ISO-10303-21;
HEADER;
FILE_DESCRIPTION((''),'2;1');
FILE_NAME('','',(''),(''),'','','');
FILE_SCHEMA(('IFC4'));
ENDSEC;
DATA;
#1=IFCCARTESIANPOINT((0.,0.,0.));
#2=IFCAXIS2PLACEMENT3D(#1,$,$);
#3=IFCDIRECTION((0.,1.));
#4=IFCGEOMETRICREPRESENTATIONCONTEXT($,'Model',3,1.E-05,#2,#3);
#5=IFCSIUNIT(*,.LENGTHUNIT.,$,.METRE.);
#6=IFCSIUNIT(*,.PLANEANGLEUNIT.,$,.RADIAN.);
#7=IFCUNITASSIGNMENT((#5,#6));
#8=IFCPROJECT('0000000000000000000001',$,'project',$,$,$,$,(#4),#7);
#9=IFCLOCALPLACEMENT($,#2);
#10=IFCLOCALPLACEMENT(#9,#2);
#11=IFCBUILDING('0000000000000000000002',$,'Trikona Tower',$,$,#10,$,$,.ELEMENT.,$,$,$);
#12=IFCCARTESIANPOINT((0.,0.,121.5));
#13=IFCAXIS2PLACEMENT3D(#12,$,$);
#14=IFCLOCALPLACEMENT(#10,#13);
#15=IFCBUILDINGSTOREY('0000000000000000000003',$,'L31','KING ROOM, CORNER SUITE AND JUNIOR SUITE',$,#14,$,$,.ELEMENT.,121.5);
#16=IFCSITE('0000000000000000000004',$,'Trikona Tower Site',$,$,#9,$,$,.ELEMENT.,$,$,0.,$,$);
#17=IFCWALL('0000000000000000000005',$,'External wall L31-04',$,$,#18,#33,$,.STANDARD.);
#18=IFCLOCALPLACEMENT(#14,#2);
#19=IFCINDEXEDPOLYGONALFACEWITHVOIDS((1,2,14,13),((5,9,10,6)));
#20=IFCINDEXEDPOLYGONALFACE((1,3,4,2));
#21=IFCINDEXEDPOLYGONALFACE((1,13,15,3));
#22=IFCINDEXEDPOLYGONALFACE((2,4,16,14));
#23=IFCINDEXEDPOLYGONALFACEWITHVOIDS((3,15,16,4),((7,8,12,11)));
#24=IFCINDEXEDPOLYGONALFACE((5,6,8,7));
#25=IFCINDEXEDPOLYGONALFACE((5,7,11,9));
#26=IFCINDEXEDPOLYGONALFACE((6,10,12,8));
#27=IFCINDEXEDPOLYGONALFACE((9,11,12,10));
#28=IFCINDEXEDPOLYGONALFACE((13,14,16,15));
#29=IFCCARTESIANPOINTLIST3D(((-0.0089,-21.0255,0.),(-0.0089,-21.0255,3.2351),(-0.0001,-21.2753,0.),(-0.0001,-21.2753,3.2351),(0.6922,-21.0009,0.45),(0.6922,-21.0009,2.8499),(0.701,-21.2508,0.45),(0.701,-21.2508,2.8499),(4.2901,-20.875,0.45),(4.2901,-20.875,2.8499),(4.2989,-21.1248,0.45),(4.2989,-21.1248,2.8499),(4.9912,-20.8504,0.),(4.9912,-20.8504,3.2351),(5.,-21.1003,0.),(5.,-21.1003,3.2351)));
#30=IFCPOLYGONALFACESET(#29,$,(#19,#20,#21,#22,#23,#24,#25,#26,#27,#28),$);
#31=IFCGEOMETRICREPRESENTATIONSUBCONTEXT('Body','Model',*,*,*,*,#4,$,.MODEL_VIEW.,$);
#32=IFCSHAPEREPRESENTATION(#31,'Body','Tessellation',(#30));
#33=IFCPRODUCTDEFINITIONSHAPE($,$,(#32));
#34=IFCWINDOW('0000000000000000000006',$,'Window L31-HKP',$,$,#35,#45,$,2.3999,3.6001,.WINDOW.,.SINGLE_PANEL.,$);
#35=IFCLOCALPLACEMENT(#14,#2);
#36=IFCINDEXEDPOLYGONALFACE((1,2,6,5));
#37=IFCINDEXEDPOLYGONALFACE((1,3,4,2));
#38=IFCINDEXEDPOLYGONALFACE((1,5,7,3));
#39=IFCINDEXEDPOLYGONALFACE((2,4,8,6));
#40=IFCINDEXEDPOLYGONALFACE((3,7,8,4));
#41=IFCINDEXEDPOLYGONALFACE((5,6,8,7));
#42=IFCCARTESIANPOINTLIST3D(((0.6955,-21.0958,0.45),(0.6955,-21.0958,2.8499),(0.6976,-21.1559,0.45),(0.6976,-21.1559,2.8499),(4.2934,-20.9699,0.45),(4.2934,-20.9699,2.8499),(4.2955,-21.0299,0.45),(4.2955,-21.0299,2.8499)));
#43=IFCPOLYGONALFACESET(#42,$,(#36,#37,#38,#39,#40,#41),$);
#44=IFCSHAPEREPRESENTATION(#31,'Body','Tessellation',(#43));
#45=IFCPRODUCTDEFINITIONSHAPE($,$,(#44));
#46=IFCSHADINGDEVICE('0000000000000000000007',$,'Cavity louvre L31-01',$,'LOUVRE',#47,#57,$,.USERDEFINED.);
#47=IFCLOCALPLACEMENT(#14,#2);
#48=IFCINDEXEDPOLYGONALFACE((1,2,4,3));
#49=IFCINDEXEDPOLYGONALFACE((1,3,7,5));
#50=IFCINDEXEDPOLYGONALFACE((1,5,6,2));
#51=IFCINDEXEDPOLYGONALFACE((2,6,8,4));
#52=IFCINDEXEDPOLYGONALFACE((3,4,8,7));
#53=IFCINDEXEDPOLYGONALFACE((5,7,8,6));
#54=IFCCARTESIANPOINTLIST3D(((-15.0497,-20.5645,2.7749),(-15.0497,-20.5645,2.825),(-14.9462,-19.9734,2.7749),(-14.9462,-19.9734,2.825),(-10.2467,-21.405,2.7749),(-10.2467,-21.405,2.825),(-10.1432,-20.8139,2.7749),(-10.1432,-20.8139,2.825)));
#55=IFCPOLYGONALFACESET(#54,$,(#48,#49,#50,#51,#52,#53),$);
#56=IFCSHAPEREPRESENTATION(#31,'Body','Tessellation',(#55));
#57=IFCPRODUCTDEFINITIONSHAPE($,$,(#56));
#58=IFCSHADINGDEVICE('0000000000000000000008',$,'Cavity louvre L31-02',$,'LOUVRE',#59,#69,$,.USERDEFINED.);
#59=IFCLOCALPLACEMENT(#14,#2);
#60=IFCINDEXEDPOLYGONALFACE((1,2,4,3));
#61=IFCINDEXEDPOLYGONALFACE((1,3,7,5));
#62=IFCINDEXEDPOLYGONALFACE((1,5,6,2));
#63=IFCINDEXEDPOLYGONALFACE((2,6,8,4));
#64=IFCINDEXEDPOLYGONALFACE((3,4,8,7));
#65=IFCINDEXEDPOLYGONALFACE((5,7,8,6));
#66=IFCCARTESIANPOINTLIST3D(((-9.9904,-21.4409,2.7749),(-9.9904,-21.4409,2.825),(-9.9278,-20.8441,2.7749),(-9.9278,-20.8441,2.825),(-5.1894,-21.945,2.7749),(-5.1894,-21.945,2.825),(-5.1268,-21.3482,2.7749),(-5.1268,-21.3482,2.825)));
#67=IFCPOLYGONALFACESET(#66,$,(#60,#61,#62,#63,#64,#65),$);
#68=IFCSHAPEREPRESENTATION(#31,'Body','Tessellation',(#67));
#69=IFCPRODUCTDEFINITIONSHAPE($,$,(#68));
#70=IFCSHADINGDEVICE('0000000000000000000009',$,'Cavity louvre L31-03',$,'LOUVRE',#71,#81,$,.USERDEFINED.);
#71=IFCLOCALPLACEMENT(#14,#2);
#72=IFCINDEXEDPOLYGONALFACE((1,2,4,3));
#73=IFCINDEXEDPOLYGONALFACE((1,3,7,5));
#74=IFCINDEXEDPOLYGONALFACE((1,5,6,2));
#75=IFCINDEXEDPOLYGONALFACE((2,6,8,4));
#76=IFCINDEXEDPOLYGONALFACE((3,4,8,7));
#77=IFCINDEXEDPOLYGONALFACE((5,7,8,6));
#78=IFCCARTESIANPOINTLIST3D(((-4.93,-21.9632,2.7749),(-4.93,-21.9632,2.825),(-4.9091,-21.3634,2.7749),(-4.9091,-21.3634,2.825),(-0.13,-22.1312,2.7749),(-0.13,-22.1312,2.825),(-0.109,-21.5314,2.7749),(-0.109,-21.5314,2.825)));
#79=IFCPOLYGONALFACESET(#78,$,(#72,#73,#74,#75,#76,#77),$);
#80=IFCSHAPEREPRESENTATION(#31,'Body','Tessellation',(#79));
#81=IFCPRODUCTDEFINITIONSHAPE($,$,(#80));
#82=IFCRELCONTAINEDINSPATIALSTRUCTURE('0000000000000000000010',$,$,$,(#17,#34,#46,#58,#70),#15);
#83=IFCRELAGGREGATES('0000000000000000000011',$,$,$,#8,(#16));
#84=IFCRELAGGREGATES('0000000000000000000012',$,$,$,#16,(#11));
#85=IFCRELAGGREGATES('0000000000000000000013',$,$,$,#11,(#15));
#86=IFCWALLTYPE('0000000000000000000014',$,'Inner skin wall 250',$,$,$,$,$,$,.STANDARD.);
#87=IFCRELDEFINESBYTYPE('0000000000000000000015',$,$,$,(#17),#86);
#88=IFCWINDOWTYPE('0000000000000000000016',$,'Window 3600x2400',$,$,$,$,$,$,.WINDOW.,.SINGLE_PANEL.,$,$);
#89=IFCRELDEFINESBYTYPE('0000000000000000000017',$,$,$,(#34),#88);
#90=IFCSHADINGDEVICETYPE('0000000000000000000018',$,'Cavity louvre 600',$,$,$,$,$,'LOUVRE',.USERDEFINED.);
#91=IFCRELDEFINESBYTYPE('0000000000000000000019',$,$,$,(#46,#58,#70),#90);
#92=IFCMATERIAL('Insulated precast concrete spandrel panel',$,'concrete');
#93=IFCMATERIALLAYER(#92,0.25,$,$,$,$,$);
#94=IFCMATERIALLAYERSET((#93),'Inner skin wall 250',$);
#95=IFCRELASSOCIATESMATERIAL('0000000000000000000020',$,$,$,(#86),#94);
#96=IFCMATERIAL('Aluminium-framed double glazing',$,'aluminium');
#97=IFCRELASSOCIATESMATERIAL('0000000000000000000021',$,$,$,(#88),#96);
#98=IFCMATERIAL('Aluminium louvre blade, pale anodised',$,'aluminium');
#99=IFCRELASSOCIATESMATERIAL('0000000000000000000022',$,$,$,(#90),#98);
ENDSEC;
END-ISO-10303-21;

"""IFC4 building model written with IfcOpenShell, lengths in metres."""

from ifc_helpers import new_model, si_unit, direction, frame, frame_2d, origin, origin_2d, place, context, subcontext, project, spatial, rectangle, extrude, material, layer, layer_set, type_object, element, fill, save


model = new_model("IFC4")

# Units and contexts
model_context = context("Model", 3, precision=1e-05, world=origin(), true_north=direction((0.0, 1.0)))
body_context = subcontext(model_context, "Body", "Model", "MODEL_VIEW")
ifc_project = project(units=[si_unit("LENGTHUNIT", "METRE"), si_unit("PLANEANGLEUNIT", "RADIAN")], contexts=[model_context])

# Site, building, storey
site_placement = place(None, origin())
site = spatial("IfcSite", under=ifc_project, at=site_placement, Name="Trikona Tower Site", CompositionType="ELEMENT", RefElevation=0.0)
building_placement = place(site_placement, origin())
building = spatial("IfcBuilding", under=site, at=building_placement, Name="Trikona Tower", CompositionType="ELEMENT")
storey_placement = place(building_placement, frame((0.0, 0.0, 121.5)))
storey = spatial("IfcBuildingStorey", under=building, at=storey_placement, Name="L31", Description="KING ROOM, CORNER SUITE AND JUNIOR SUITE", CompositionType="ELEMENT", Elevation=121.5)

# Wall, opening, window
ifc_material_1 = material(Name="Insulated precast concrete spandrel panel", Category="concrete")
ifc_layer_1 = layer(ifc_material_1, 0.25)
ifc_layer_set_1 = layer_set([ifc_layer_1], Name="Inner skin wall 250")
wall_type_1 = type_object("IfcWallType", Name="Inner skin wall 250", PredefinedType="STANDARD", material=ifc_layer_set_1)
ifc_material_2 = material(Name="Aluminium-framed double glazing", Category="aluminium")
window_type = type_object("IfcWindowType", Name="Window 3600x2400", PartitioningType="SINGLE_PANEL", PredefinedType="WINDOW", material=ifc_material_2)
wall_1_placement = place(storey_placement, frame((-0.0044, -21.1504, 0.0), z_axis=(0.0, 0.0, 1.0), x_axis=(0.999388, 0.034988, 0.0)))
wall_1 = element("IfcWall", 1, at=wall_1_placement, inside=storey, type_object=wall_type_1, Name="External wall L31-04", PredefinedType="STANDARD", context=body_context, shape_type="SweptSolid", body=[
    extrude(rectangle(XDim=5.0032, YDim=0.25, at=frame_2d((2.5015, 0.0))), origin(), (0.0, 0.0, 1.0), 3.2351),
])
opening_1_placement = place(wall_1_placement, frame((0.7014, 0.0, 0.45)))
opening_1 = element("IfcOpeningElement", 2, at=opening_1_placement, cuts=wall_1, PredefinedType="OPENING", context=body_context, shape_type="SweptSolid", body=[
    extrude(rectangle(XDim=3.6001, YDim=2.3999, at=frame_2d((1.8, 1.2))), frame((0.0, 0.135, 0.0), z_axis=(0.0, -1.0, 0.0), x_axis=(1.0, 0.0, 0.0)), (0.0, 0.0, 1.0), 0.27),
])
window_1_placement = place(opening_1_placement, origin())
window_1 = element("IfcWindow", 3, at=window_1_placement, inside=storey, type_object=window_type, Name="Window L31-HKP", OverallHeight=2.3999, OverallWidth=3.6001, PartitioningType="SINGLE_PANEL", PredefinedType="WINDOW", context=body_context, shape_type="SweptSolid", body=[
    extrude(rectangle(XDim=3.6001, YDim=2.3999, at=frame_2d((1.8, 1.2))), frame((0.0, 0.03, 0.0), z_axis=(0.0, -1.0, 0.0), x_axis=(1.0, 0.0, 0.0)), (0.0, 0.0, 1.0), 0.0601),
])
fill(opening_1, window_1)

# Shading devices
ifc_material_3 = material(Name="Aluminium louvre blade, pale anodised", Category="aluminium")
shading_device_type = type_object("IfcShadingDeviceType", Name="Cavity louvre 600", ElementType="LOUVRE", PredefinedType="USERDEFINED", material=ifc_material_3)
shading_device_1_placement = place(storey_placement, frame((-12.5964, -20.6892, 2.7749), z_axis=(0.0, 0.0, 1.0), x_axis=(0.985031, -0.17238, 0.0)))
element("IfcShadingDevice", 4, at=shading_device_1_placement, inside=storey, type_object=shading_device_type, Name="Cavity louvre L31-01", ObjectType="LOUVRE", PredefinedType="USERDEFINED", context=body_context, shape_type="SweptSolid", body=[
    extrude(rectangle(XDim=4.876, YDim=0.6001, at=origin_2d()), origin(), (0.0, 0.0, 1.0), 0.05),
])
shading_device_2_placement = place(storey_placement, frame((-7.5586, -21.3945, 2.7749), z_axis=(0.0, 0.0, 1.0), x_axis=(0.994533, -0.104426, 0.0)))
element("IfcShadingDevice", 5, at=shading_device_2_placement, inside=storey, type_object=shading_device_type, Name="Cavity louvre L31-02", ObjectType="LOUVRE", PredefinedType="USERDEFINED", context=body_context, shape_type="SweptSolid", body=[
    extrude(rectangle(XDim=4.8274, YDim=0.6001, at=origin_2d()), origin(), (0.0, 0.0, 1.0), 0.05),
])
shading_device_3_placement = place(storey_placement, frame((-2.5195, -21.7473, 2.7749), z_axis=(0.0, 0.0, 1.0), x_axis=(0.999388, -0.034978, 0.0)))
element("IfcShadingDevice", 6, at=shading_device_3_placement, inside=storey, type_object=shading_device_type, Name="Cavity louvre L31-03", ObjectType="LOUVRE", PredefinedType="USERDEFINED", context=body_context, shape_type="SweptSolid", body=[
    extrude(rectangle(XDim=4.803, YDim=0.6001, at=origin_2d()), origin(), (0.0, 0.0, 1.0), 0.05),
])

save(model, "model.ifc")
